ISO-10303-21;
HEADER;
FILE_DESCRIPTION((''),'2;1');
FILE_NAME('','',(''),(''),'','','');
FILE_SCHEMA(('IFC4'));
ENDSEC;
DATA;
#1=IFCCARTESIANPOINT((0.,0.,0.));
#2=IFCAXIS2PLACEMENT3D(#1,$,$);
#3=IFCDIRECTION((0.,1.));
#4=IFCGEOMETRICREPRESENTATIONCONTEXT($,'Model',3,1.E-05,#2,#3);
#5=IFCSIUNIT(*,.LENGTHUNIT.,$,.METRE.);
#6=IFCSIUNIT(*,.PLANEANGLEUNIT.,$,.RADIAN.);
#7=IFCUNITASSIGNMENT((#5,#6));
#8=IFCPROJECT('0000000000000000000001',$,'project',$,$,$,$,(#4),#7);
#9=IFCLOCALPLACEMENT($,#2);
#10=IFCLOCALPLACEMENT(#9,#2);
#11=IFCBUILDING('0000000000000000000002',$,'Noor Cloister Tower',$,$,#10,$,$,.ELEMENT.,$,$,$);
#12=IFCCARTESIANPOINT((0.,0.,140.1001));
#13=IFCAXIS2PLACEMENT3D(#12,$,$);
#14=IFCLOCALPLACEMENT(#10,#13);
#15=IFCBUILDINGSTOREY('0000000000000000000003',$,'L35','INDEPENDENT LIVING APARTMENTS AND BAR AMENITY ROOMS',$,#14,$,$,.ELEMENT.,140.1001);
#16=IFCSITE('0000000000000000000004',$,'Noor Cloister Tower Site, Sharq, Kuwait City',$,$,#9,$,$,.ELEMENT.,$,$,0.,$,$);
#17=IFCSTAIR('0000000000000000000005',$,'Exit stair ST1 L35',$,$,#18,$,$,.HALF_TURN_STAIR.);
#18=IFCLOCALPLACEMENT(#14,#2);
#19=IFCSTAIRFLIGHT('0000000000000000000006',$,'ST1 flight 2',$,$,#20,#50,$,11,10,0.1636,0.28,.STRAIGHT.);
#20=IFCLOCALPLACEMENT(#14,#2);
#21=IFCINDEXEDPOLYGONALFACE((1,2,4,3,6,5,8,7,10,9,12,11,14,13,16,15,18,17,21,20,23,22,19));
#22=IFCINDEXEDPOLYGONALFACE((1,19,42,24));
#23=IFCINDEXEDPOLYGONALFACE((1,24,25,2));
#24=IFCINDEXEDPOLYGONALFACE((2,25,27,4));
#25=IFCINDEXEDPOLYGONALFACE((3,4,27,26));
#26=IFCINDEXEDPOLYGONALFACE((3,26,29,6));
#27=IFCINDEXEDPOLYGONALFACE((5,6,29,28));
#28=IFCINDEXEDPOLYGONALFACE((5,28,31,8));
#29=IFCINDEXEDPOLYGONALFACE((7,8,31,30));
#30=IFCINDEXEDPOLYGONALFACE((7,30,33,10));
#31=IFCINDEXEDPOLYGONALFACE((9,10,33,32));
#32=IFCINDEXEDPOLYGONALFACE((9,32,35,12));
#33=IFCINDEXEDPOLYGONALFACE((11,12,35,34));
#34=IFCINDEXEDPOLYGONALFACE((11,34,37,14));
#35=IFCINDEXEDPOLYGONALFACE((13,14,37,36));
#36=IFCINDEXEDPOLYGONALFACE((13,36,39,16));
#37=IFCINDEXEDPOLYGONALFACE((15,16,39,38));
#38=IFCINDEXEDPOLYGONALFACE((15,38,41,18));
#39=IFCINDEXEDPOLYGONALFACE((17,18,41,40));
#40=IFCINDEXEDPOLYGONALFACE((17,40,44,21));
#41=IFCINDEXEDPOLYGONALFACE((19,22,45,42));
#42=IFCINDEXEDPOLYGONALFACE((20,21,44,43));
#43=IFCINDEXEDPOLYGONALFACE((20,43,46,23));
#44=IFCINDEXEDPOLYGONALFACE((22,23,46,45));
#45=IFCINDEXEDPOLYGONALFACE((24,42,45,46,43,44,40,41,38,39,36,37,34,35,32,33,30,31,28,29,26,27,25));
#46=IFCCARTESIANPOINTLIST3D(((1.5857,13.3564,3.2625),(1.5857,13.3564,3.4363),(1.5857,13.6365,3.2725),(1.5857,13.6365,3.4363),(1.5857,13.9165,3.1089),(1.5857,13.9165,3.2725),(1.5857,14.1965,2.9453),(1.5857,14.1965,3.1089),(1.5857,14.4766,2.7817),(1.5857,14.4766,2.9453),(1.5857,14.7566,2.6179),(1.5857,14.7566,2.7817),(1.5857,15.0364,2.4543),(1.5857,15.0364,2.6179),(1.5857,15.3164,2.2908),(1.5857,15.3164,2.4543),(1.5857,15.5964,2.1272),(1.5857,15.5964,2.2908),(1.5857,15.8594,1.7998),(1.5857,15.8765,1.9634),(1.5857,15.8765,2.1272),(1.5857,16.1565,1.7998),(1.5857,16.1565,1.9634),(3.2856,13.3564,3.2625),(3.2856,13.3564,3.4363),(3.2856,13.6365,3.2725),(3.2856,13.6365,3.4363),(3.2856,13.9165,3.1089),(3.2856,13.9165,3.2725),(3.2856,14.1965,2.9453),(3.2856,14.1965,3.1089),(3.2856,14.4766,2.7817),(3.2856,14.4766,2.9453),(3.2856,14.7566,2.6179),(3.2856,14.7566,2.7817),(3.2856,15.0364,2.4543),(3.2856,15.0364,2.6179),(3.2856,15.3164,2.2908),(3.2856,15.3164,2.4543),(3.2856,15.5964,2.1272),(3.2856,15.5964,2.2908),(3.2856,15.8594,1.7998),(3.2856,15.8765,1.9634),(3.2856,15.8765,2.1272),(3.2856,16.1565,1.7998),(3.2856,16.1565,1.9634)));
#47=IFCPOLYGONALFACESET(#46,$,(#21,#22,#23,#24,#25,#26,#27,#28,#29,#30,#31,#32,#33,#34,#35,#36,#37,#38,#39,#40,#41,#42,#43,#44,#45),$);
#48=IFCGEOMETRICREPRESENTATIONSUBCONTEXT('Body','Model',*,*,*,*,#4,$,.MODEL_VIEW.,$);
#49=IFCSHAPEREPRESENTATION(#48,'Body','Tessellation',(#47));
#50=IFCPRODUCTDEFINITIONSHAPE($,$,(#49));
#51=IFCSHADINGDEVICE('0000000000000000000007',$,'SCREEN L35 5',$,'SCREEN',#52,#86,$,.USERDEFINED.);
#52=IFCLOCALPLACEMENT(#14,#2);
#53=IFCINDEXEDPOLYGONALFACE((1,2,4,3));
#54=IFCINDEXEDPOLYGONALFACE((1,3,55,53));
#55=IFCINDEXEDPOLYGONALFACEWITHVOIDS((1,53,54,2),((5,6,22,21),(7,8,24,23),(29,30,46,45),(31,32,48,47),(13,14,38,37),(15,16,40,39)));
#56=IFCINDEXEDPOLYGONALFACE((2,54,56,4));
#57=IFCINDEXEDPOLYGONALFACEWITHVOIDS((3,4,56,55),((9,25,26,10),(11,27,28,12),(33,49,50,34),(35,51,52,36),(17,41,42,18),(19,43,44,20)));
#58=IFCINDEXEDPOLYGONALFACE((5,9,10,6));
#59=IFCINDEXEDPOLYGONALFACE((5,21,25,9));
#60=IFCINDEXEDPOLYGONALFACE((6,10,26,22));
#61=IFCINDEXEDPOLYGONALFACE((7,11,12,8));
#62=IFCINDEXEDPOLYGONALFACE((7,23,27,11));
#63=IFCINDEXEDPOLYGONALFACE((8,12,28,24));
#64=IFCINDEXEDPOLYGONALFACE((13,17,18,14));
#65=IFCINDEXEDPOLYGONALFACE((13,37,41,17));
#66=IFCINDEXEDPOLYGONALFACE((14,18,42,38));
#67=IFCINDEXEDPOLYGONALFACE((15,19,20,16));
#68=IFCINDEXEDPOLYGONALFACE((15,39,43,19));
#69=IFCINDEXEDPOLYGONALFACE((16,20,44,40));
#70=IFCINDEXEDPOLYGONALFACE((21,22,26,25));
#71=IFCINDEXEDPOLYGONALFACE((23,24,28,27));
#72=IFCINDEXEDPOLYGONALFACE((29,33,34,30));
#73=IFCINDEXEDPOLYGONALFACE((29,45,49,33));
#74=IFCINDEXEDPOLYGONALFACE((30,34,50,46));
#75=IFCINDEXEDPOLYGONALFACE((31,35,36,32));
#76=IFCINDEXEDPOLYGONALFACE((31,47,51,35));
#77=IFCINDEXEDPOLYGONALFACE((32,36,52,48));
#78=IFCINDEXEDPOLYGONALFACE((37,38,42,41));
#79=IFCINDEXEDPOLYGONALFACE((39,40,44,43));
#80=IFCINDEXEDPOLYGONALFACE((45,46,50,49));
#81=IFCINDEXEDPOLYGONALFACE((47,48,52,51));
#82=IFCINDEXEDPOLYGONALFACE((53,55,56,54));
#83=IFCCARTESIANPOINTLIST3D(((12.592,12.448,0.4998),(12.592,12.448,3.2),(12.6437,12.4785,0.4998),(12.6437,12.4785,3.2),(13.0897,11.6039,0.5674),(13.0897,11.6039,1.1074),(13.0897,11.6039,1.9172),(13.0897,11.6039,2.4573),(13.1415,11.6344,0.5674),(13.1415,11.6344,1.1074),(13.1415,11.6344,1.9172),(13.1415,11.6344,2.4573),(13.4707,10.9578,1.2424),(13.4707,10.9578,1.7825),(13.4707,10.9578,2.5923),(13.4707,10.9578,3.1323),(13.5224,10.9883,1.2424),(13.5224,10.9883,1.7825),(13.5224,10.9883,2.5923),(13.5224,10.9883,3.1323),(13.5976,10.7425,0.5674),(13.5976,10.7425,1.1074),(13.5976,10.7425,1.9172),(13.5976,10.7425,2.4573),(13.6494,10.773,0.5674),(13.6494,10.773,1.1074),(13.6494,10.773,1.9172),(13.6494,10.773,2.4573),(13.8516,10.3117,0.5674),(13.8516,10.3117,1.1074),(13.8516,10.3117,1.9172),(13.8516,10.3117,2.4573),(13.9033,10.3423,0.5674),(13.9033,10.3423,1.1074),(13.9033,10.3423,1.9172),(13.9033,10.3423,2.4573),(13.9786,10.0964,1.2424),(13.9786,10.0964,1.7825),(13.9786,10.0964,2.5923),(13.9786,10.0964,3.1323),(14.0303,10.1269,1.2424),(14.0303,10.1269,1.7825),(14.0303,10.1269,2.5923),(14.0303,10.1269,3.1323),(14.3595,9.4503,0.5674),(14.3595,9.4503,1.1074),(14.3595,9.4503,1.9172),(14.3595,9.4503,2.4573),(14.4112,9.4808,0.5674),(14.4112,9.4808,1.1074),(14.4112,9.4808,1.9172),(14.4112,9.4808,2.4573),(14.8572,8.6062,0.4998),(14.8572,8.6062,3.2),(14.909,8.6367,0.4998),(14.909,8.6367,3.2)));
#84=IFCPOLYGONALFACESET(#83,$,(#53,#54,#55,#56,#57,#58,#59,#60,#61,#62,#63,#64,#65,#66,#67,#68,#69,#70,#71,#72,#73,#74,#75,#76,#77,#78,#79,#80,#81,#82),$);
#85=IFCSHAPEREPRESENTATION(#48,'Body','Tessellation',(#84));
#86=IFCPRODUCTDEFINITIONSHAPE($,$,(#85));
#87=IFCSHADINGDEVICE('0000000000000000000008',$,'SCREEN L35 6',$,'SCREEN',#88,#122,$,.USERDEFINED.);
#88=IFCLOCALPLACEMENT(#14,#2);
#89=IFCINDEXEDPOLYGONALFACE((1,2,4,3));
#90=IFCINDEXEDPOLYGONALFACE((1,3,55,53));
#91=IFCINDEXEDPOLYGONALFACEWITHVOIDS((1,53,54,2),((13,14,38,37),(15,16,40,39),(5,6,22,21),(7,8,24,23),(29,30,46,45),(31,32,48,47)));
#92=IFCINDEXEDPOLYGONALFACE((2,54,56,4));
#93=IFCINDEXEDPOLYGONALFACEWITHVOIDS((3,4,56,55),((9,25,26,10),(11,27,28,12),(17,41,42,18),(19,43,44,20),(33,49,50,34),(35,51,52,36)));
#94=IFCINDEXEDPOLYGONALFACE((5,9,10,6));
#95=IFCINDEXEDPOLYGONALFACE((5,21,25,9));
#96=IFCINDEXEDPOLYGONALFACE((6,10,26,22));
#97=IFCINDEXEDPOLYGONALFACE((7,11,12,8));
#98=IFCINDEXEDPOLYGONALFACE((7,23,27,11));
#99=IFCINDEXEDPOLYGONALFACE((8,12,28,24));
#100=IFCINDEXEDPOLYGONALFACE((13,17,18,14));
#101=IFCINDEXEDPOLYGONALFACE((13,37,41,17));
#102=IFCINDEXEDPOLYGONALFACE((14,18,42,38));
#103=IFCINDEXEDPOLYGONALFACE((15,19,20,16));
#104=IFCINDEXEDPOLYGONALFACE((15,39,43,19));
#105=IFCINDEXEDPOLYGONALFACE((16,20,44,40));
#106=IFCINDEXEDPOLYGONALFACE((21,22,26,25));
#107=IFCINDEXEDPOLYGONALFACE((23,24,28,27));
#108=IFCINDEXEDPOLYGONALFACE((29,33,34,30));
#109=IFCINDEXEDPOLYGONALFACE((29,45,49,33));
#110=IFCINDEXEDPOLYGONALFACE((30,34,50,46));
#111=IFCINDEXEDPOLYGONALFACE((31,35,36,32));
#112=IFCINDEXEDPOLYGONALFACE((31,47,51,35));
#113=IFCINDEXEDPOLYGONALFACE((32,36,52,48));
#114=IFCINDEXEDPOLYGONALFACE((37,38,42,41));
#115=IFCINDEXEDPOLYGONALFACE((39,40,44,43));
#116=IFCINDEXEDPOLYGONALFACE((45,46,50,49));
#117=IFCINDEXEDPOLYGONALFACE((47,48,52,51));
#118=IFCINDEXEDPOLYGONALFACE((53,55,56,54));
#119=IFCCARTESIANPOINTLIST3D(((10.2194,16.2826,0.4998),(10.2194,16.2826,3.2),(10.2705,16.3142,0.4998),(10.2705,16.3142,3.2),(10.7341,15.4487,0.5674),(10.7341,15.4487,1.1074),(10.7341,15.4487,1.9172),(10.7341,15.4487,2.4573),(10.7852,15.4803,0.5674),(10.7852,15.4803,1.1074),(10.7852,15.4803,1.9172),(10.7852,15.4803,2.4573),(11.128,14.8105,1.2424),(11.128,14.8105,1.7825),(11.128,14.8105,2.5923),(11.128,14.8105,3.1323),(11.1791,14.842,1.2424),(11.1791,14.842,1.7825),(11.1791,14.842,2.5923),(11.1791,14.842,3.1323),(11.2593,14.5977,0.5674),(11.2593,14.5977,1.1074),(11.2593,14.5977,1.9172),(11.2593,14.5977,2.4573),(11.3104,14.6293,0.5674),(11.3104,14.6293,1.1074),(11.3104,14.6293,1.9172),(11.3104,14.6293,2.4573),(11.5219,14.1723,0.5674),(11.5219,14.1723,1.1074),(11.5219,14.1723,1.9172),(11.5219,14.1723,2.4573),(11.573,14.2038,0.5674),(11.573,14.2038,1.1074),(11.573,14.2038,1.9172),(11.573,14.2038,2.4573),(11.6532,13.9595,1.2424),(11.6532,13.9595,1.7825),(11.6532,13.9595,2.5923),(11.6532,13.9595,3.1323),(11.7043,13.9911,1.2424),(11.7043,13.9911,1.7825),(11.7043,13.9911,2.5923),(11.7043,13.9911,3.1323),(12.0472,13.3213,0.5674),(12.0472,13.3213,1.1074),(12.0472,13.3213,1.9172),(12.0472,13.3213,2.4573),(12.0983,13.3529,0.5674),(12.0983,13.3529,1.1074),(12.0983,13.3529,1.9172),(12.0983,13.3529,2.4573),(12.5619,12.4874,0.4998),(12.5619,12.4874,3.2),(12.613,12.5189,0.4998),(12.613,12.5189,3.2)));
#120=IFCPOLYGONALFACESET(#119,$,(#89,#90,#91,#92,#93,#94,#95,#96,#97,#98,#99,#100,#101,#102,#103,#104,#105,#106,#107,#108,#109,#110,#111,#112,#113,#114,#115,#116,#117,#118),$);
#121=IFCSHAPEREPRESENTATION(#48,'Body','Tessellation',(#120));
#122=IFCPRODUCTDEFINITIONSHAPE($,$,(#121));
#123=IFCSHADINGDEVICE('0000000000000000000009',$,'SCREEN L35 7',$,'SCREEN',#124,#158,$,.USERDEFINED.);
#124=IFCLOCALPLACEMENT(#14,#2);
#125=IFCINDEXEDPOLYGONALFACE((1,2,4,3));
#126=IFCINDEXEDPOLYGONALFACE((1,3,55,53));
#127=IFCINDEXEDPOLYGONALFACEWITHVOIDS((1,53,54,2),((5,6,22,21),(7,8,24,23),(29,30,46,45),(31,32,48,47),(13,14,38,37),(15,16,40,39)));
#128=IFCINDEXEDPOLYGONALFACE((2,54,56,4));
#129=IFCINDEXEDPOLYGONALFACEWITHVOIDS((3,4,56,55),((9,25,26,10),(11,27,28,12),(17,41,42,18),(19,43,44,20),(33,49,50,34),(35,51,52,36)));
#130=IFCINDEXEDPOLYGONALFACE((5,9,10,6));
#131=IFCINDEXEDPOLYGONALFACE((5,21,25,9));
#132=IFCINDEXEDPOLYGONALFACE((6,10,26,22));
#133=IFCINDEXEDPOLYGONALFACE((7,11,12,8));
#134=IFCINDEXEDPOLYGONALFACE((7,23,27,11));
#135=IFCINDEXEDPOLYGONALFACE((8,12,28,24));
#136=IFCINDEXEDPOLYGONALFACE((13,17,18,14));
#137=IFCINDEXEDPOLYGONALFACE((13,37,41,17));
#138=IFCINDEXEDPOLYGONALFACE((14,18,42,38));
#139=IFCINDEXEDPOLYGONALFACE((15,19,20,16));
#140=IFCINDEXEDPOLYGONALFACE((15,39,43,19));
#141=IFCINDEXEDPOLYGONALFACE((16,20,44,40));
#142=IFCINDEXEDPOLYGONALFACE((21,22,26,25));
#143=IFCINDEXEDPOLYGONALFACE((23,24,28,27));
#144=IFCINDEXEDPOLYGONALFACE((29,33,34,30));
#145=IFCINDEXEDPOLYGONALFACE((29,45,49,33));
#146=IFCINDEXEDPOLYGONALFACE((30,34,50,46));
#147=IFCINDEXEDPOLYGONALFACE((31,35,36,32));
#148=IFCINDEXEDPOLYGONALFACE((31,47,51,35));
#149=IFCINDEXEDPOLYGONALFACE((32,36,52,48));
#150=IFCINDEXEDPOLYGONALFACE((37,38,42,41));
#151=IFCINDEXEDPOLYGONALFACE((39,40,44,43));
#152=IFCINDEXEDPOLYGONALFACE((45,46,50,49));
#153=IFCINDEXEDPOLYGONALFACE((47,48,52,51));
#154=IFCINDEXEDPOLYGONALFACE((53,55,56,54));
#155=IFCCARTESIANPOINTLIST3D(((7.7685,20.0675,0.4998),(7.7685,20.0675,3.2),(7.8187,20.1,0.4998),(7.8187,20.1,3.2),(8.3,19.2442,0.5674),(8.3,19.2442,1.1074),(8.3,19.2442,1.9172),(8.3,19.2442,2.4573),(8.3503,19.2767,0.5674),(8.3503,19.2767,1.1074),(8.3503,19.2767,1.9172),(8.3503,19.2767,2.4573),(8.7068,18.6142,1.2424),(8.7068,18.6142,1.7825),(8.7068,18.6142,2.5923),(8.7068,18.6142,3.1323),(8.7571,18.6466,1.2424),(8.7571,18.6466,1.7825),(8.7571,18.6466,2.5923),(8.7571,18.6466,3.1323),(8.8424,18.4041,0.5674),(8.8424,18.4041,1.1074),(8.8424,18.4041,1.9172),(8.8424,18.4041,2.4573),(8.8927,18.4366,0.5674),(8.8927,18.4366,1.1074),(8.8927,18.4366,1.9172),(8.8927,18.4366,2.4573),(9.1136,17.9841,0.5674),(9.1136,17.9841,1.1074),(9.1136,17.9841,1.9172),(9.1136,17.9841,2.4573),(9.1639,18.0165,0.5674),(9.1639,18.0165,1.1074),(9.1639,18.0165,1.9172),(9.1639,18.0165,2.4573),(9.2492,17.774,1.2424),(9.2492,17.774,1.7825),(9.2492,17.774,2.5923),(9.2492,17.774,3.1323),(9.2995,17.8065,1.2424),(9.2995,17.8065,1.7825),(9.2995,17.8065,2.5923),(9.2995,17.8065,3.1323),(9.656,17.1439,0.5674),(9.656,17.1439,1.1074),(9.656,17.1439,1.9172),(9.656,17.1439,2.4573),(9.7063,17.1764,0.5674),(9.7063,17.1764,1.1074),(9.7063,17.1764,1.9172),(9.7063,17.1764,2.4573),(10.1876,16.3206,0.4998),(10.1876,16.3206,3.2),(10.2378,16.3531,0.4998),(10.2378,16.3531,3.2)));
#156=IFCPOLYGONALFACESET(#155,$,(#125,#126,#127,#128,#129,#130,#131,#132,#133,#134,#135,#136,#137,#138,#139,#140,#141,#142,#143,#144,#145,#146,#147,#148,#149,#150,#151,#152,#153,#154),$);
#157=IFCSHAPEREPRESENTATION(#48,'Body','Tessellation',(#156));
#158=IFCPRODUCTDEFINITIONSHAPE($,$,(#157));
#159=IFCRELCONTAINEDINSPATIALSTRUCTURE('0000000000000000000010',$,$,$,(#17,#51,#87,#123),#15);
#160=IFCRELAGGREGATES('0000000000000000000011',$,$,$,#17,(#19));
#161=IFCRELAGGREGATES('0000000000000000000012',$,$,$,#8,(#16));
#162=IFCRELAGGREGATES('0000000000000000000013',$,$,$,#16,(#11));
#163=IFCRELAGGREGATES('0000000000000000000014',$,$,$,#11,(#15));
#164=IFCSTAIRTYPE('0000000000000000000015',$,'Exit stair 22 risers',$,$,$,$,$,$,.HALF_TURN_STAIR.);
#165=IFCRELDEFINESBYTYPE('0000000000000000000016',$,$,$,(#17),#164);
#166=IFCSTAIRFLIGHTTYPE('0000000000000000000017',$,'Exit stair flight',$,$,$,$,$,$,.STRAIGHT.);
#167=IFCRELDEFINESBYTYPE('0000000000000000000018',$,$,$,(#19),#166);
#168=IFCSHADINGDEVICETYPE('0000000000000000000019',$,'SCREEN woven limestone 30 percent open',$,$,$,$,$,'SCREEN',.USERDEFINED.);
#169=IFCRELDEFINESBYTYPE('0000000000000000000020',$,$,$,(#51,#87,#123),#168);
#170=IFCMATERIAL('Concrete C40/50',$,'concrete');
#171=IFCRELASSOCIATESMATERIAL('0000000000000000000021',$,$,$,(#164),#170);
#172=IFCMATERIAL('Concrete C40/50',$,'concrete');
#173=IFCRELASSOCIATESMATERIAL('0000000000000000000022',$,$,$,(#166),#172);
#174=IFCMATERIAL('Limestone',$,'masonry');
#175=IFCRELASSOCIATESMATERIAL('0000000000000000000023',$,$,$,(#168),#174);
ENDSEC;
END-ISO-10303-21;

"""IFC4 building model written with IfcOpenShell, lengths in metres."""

from ifc_helpers import new_model, si_unit, direction, frame, origin, place, context, subcontext, project, spatial, polyline, outline, extrude, material, material_profile, profile_set, type_object, element, aggregate, save


model = new_model("IFC4")

# Units and contexts
model_context = context("Model", 3, precision=1e-05, world=origin(), true_north=direction((0.0, 1.0)))
body_context = subcontext(model_context, "Body", "Model", "MODEL_VIEW")
ifc_project = project(units=[si_unit("LENGTHUNIT", "METRE"), si_unit("PLANEANGLEUNIT", "RADIAN")], contexts=[model_context])

# Site, building, storey
site_placement = place(None, origin())
site = spatial("IfcSite", under=ifc_project, at=site_placement, Name="Noor Cloister Tower Site, Sharq, Kuwait City", CompositionType="ELEMENT", RefElevation=0.0)
building_placement = place(site_placement, origin())
building = spatial("IfcBuilding", under=site, at=building_placement, Name="Noor Cloister Tower", CompositionType="ELEMENT")
storey_placement = place(building_placement, frame((0.0, 0.0, 140.1001)))
storey = spatial("IfcBuildingStorey", under=building, at=storey_placement, Name="L35", Description="INDEPENDENT LIVING APARTMENTS AND BAR AMENITY ROOMS", CompositionType="ELEMENT", Elevation=140.1001)

# Stair, stair flight
ifc_material_1 = material(Name="Concrete C40/50", Category="concrete")
stair_type = type_object("IfcStairType", Name="Exit stair 22 risers", PredefinedType="HALF_TURN_STAIR", material=ifc_material_1)
stair_placement = place(storey_placement, origin())
stair = element("IfcStair", 1, at=stair_placement, inside=storey, type_object=stair_type, Name="Exit stair ST1 L35", PredefinedType="HALF_TURN_STAIR")
ifc_material_2 = material(Name="Concrete C40/50", Category="concrete")
stair_flight_type = type_object("IfcStairFlightType", Name="Exit stair flight", PredefinedType="STRAIGHT", material=ifc_material_2)
stair_flight_1_placement = place(storey_placement, frame((2.4355, 16.1565, 1.7998), z_axis=(0.0, 0.0, 1.0), x_axis=(0.0, -1.0, 0.0)))
stair_flight_1 = element("IfcStairFlight", 2, at=stair_flight_1_placement, type_object=stair_flight_type, Name="ST1 flight 2", NumberOfRisers=11, NumberOfTreads=10, PredefinedType="STRAIGHT", RiserHeight=0.1636, TreadLength=0.28, context=body_context, shape_type="SweptSolid", body=[
    extrude(outline(polyline([(0.0, 0.0), (0.0, 0.1636), (0.28, 0.1636), (0.28, 0.3274), (0.5601, 0.3274), (0.5601, 0.491), (0.8401, 0.491), (0.8401, 0.6545), (1.1201, 0.6545), (1.1201, 0.8181), (1.3999, 0.8181), (1.3999, 0.9819), (1.6799, 0.9819), (1.6799, 1.1455), (1.96, 1.1455), (1.96, 1.3091), (2.24, 1.3091), (2.24, 1.4727), (2.52, 1.4727), (2.52, 1.6365), (2.8, 1.6365), (2.8, 1.8), (2.8, 1.4626), (0.2971, 0.0), (0.0, 0.0)])), frame((0.0, 0.8501, 0.0), z_axis=(0.0, -1.0, 0.0), x_axis=(1.0, 0.0, 0.0)), (0.0, 0.0, 1.0), 1.7),
])
aggregate(stair, [stair_flight_1])

# Shading devices
ifc_material_3 = material(Name="Limestone", Category="masonry")
ifc_material_profile_1 = material_profile(ifc_material_3, outline(polyline([(-2.23, -1.3501), (2.23, -1.3501), (2.23, 1.3501), (-2.23, 1.3501), (-2.23, -1.3501)]), holes=[polyline([(-1.25, -1.2825), (-0.25, -1.2825), (-0.25, -0.7424), (-1.25, -0.7424), (-1.25, -1.2825)]), polyline([(0.25, -1.2825), (1.25, -1.2825), (1.25, -0.7424), (0.25, -0.7424), (0.25, -1.2825)]), polyline([(-0.5, -0.6074), (0.5, -0.6074), (0.5, -0.0674), (-0.5, -0.0674), (-0.5, -0.6074)]), polyline([(-1.25, 0.0674), (-0.25, 0.0674), (-0.25, 0.6074), (-1.25, 0.6074), (-1.25, 0.0674)]), polyline([(0.25, 0.0674), (1.25, 0.0674), (1.25, 0.6074), (0.25, 0.6074), (0.25, 0.0674)]), polyline([(-0.5, 0.7424), (0.5, 0.7424), (0.5, 1.2825), (-0.5, 1.2825), (-0.5, 0.7424)])]), Name="Woven screen 30 percent open")
ifc_profile_set_1 = profile_set([ifc_material_profile_1], Name="Limestone")
shading_device_type = type_object("IfcShadingDeviceType", Name="SCREEN woven limestone 30 percent open", ElementType="SCREEN", PredefinedType="USERDEFINED", material=ifc_profile_set_1)
for number, where, z_axis, x_axis, name in (
    (3, (13.7246, 10.5271, 1.8499), (0.861411, 0.507908, 0.0), (-0.507908, 0.861411, 0.0), "SCREEN L35 5"),
    (4, (11.3906, 14.385, 1.8499), (0.850959, 0.525233, 0.0), (-0.525233, 0.850959, 0.0), "SCREEN L35 6"),
):
    element("IfcShadingDevice", number, at=place(storey_placement, frame(where, z_axis=z_axis, x_axis=x_axis)), inside=storey, type_object=shading_device_type, Name=name, ObjectType="SCREEN", PredefinedType="USERDEFINED", context=body_context, shape_type="SweptSolid", body=[
        extrude(outline(polyline([(-2.23, -1.3501), (2.23, -1.3501), (2.23, 1.3501), (-2.23, 1.3501), (-2.23, -1.3501)]), holes=[polyline([(-1.25, -1.2825), (-0.25, -1.2825), (-0.25, -0.7424), (-1.25, -0.7424), (-1.25, -1.2825)]), polyline([(0.25, -1.2825), (1.25, -1.2825), (1.25, -0.7424), (0.25, -0.7424), (0.25, -1.2825)]), polyline([(-0.5, -0.6074), (0.5, -0.6074), (0.5, -0.0674), (-0.5, -0.0674), (-0.5, -0.6074)]), polyline([(-1.25, 0.0674), (-0.25, 0.0674), (-0.25, 0.6074), (-1.25, 0.6074), (-1.25, 0.0674)]), polyline([(0.25, 0.0674), (1.25, 0.0674), (1.25, 0.6074), (0.25, 0.6074), (0.25, 0.0674)]), polyline([(-0.5, 0.7424), (0.5, 0.7424), (0.5, 1.2825), (-0.5, 1.2825), (-0.5, 0.7424)])]), origin(), (0.0, 0.0, 1.0), 0.0601),
    ])
for number, where, z_axis, x_axis, name in (
    (5, (8.978, 18.1941, 1.8499), (0.840117, 0.542406, 0.0), (-0.542406, 0.840117, 0.0), "SCREEN L35 7"),
):
    element("IfcShadingDevice", number, at=place(storey_placement, frame(where, z_axis=z_axis, x_axis=x_axis)), inside=storey, type_object=shading_device_type, Name=name, ObjectType="SCREEN", PredefinedType="USERDEFINED", context=body_context, shape_type="SweptSolid", body=[
        extrude(outline(polyline([(-2.23, -1.3501), (2.23, -1.3501), (2.23, 1.3501), (-2.23, 1.3501), (-2.23, -1.3501)]), holes=[polyline([(-1.25, -1.2825), (-0.25, -1.2825), (-0.25, -0.7424), (-1.25, -0.7424), (-1.25, -1.2825)]), polyline([(0.25, -1.2825), (1.25, -1.2825), (1.25, -0.7424), (0.25, -0.7424), (0.25, -1.2825)]), polyline([(-0.5, -0.6074), (0.5, -0.6074), (0.5, -0.0674), (-0.5, -0.0674), (-0.5, -0.6074)]), polyline([(-1.25, 0.0674), (-0.25, 0.0674), (-0.25, 0.6074), (-1.25, 0.6074), (-1.25, 0.0674)]), polyline([(0.25, 0.0674), (1.25, 0.0674), (1.25, 0.6074), (0.25, 0.6074), (0.25, 0.0674)]), polyline([(-0.5, 0.7424), (0.5, 0.7424), (0.5, 1.2825), (-0.5, 1.2825), (-0.5, 0.7424)])]), origin(), (0.0, 0.0, 1.0), 0.0598),
    ])

save(model, "model.ifc")
